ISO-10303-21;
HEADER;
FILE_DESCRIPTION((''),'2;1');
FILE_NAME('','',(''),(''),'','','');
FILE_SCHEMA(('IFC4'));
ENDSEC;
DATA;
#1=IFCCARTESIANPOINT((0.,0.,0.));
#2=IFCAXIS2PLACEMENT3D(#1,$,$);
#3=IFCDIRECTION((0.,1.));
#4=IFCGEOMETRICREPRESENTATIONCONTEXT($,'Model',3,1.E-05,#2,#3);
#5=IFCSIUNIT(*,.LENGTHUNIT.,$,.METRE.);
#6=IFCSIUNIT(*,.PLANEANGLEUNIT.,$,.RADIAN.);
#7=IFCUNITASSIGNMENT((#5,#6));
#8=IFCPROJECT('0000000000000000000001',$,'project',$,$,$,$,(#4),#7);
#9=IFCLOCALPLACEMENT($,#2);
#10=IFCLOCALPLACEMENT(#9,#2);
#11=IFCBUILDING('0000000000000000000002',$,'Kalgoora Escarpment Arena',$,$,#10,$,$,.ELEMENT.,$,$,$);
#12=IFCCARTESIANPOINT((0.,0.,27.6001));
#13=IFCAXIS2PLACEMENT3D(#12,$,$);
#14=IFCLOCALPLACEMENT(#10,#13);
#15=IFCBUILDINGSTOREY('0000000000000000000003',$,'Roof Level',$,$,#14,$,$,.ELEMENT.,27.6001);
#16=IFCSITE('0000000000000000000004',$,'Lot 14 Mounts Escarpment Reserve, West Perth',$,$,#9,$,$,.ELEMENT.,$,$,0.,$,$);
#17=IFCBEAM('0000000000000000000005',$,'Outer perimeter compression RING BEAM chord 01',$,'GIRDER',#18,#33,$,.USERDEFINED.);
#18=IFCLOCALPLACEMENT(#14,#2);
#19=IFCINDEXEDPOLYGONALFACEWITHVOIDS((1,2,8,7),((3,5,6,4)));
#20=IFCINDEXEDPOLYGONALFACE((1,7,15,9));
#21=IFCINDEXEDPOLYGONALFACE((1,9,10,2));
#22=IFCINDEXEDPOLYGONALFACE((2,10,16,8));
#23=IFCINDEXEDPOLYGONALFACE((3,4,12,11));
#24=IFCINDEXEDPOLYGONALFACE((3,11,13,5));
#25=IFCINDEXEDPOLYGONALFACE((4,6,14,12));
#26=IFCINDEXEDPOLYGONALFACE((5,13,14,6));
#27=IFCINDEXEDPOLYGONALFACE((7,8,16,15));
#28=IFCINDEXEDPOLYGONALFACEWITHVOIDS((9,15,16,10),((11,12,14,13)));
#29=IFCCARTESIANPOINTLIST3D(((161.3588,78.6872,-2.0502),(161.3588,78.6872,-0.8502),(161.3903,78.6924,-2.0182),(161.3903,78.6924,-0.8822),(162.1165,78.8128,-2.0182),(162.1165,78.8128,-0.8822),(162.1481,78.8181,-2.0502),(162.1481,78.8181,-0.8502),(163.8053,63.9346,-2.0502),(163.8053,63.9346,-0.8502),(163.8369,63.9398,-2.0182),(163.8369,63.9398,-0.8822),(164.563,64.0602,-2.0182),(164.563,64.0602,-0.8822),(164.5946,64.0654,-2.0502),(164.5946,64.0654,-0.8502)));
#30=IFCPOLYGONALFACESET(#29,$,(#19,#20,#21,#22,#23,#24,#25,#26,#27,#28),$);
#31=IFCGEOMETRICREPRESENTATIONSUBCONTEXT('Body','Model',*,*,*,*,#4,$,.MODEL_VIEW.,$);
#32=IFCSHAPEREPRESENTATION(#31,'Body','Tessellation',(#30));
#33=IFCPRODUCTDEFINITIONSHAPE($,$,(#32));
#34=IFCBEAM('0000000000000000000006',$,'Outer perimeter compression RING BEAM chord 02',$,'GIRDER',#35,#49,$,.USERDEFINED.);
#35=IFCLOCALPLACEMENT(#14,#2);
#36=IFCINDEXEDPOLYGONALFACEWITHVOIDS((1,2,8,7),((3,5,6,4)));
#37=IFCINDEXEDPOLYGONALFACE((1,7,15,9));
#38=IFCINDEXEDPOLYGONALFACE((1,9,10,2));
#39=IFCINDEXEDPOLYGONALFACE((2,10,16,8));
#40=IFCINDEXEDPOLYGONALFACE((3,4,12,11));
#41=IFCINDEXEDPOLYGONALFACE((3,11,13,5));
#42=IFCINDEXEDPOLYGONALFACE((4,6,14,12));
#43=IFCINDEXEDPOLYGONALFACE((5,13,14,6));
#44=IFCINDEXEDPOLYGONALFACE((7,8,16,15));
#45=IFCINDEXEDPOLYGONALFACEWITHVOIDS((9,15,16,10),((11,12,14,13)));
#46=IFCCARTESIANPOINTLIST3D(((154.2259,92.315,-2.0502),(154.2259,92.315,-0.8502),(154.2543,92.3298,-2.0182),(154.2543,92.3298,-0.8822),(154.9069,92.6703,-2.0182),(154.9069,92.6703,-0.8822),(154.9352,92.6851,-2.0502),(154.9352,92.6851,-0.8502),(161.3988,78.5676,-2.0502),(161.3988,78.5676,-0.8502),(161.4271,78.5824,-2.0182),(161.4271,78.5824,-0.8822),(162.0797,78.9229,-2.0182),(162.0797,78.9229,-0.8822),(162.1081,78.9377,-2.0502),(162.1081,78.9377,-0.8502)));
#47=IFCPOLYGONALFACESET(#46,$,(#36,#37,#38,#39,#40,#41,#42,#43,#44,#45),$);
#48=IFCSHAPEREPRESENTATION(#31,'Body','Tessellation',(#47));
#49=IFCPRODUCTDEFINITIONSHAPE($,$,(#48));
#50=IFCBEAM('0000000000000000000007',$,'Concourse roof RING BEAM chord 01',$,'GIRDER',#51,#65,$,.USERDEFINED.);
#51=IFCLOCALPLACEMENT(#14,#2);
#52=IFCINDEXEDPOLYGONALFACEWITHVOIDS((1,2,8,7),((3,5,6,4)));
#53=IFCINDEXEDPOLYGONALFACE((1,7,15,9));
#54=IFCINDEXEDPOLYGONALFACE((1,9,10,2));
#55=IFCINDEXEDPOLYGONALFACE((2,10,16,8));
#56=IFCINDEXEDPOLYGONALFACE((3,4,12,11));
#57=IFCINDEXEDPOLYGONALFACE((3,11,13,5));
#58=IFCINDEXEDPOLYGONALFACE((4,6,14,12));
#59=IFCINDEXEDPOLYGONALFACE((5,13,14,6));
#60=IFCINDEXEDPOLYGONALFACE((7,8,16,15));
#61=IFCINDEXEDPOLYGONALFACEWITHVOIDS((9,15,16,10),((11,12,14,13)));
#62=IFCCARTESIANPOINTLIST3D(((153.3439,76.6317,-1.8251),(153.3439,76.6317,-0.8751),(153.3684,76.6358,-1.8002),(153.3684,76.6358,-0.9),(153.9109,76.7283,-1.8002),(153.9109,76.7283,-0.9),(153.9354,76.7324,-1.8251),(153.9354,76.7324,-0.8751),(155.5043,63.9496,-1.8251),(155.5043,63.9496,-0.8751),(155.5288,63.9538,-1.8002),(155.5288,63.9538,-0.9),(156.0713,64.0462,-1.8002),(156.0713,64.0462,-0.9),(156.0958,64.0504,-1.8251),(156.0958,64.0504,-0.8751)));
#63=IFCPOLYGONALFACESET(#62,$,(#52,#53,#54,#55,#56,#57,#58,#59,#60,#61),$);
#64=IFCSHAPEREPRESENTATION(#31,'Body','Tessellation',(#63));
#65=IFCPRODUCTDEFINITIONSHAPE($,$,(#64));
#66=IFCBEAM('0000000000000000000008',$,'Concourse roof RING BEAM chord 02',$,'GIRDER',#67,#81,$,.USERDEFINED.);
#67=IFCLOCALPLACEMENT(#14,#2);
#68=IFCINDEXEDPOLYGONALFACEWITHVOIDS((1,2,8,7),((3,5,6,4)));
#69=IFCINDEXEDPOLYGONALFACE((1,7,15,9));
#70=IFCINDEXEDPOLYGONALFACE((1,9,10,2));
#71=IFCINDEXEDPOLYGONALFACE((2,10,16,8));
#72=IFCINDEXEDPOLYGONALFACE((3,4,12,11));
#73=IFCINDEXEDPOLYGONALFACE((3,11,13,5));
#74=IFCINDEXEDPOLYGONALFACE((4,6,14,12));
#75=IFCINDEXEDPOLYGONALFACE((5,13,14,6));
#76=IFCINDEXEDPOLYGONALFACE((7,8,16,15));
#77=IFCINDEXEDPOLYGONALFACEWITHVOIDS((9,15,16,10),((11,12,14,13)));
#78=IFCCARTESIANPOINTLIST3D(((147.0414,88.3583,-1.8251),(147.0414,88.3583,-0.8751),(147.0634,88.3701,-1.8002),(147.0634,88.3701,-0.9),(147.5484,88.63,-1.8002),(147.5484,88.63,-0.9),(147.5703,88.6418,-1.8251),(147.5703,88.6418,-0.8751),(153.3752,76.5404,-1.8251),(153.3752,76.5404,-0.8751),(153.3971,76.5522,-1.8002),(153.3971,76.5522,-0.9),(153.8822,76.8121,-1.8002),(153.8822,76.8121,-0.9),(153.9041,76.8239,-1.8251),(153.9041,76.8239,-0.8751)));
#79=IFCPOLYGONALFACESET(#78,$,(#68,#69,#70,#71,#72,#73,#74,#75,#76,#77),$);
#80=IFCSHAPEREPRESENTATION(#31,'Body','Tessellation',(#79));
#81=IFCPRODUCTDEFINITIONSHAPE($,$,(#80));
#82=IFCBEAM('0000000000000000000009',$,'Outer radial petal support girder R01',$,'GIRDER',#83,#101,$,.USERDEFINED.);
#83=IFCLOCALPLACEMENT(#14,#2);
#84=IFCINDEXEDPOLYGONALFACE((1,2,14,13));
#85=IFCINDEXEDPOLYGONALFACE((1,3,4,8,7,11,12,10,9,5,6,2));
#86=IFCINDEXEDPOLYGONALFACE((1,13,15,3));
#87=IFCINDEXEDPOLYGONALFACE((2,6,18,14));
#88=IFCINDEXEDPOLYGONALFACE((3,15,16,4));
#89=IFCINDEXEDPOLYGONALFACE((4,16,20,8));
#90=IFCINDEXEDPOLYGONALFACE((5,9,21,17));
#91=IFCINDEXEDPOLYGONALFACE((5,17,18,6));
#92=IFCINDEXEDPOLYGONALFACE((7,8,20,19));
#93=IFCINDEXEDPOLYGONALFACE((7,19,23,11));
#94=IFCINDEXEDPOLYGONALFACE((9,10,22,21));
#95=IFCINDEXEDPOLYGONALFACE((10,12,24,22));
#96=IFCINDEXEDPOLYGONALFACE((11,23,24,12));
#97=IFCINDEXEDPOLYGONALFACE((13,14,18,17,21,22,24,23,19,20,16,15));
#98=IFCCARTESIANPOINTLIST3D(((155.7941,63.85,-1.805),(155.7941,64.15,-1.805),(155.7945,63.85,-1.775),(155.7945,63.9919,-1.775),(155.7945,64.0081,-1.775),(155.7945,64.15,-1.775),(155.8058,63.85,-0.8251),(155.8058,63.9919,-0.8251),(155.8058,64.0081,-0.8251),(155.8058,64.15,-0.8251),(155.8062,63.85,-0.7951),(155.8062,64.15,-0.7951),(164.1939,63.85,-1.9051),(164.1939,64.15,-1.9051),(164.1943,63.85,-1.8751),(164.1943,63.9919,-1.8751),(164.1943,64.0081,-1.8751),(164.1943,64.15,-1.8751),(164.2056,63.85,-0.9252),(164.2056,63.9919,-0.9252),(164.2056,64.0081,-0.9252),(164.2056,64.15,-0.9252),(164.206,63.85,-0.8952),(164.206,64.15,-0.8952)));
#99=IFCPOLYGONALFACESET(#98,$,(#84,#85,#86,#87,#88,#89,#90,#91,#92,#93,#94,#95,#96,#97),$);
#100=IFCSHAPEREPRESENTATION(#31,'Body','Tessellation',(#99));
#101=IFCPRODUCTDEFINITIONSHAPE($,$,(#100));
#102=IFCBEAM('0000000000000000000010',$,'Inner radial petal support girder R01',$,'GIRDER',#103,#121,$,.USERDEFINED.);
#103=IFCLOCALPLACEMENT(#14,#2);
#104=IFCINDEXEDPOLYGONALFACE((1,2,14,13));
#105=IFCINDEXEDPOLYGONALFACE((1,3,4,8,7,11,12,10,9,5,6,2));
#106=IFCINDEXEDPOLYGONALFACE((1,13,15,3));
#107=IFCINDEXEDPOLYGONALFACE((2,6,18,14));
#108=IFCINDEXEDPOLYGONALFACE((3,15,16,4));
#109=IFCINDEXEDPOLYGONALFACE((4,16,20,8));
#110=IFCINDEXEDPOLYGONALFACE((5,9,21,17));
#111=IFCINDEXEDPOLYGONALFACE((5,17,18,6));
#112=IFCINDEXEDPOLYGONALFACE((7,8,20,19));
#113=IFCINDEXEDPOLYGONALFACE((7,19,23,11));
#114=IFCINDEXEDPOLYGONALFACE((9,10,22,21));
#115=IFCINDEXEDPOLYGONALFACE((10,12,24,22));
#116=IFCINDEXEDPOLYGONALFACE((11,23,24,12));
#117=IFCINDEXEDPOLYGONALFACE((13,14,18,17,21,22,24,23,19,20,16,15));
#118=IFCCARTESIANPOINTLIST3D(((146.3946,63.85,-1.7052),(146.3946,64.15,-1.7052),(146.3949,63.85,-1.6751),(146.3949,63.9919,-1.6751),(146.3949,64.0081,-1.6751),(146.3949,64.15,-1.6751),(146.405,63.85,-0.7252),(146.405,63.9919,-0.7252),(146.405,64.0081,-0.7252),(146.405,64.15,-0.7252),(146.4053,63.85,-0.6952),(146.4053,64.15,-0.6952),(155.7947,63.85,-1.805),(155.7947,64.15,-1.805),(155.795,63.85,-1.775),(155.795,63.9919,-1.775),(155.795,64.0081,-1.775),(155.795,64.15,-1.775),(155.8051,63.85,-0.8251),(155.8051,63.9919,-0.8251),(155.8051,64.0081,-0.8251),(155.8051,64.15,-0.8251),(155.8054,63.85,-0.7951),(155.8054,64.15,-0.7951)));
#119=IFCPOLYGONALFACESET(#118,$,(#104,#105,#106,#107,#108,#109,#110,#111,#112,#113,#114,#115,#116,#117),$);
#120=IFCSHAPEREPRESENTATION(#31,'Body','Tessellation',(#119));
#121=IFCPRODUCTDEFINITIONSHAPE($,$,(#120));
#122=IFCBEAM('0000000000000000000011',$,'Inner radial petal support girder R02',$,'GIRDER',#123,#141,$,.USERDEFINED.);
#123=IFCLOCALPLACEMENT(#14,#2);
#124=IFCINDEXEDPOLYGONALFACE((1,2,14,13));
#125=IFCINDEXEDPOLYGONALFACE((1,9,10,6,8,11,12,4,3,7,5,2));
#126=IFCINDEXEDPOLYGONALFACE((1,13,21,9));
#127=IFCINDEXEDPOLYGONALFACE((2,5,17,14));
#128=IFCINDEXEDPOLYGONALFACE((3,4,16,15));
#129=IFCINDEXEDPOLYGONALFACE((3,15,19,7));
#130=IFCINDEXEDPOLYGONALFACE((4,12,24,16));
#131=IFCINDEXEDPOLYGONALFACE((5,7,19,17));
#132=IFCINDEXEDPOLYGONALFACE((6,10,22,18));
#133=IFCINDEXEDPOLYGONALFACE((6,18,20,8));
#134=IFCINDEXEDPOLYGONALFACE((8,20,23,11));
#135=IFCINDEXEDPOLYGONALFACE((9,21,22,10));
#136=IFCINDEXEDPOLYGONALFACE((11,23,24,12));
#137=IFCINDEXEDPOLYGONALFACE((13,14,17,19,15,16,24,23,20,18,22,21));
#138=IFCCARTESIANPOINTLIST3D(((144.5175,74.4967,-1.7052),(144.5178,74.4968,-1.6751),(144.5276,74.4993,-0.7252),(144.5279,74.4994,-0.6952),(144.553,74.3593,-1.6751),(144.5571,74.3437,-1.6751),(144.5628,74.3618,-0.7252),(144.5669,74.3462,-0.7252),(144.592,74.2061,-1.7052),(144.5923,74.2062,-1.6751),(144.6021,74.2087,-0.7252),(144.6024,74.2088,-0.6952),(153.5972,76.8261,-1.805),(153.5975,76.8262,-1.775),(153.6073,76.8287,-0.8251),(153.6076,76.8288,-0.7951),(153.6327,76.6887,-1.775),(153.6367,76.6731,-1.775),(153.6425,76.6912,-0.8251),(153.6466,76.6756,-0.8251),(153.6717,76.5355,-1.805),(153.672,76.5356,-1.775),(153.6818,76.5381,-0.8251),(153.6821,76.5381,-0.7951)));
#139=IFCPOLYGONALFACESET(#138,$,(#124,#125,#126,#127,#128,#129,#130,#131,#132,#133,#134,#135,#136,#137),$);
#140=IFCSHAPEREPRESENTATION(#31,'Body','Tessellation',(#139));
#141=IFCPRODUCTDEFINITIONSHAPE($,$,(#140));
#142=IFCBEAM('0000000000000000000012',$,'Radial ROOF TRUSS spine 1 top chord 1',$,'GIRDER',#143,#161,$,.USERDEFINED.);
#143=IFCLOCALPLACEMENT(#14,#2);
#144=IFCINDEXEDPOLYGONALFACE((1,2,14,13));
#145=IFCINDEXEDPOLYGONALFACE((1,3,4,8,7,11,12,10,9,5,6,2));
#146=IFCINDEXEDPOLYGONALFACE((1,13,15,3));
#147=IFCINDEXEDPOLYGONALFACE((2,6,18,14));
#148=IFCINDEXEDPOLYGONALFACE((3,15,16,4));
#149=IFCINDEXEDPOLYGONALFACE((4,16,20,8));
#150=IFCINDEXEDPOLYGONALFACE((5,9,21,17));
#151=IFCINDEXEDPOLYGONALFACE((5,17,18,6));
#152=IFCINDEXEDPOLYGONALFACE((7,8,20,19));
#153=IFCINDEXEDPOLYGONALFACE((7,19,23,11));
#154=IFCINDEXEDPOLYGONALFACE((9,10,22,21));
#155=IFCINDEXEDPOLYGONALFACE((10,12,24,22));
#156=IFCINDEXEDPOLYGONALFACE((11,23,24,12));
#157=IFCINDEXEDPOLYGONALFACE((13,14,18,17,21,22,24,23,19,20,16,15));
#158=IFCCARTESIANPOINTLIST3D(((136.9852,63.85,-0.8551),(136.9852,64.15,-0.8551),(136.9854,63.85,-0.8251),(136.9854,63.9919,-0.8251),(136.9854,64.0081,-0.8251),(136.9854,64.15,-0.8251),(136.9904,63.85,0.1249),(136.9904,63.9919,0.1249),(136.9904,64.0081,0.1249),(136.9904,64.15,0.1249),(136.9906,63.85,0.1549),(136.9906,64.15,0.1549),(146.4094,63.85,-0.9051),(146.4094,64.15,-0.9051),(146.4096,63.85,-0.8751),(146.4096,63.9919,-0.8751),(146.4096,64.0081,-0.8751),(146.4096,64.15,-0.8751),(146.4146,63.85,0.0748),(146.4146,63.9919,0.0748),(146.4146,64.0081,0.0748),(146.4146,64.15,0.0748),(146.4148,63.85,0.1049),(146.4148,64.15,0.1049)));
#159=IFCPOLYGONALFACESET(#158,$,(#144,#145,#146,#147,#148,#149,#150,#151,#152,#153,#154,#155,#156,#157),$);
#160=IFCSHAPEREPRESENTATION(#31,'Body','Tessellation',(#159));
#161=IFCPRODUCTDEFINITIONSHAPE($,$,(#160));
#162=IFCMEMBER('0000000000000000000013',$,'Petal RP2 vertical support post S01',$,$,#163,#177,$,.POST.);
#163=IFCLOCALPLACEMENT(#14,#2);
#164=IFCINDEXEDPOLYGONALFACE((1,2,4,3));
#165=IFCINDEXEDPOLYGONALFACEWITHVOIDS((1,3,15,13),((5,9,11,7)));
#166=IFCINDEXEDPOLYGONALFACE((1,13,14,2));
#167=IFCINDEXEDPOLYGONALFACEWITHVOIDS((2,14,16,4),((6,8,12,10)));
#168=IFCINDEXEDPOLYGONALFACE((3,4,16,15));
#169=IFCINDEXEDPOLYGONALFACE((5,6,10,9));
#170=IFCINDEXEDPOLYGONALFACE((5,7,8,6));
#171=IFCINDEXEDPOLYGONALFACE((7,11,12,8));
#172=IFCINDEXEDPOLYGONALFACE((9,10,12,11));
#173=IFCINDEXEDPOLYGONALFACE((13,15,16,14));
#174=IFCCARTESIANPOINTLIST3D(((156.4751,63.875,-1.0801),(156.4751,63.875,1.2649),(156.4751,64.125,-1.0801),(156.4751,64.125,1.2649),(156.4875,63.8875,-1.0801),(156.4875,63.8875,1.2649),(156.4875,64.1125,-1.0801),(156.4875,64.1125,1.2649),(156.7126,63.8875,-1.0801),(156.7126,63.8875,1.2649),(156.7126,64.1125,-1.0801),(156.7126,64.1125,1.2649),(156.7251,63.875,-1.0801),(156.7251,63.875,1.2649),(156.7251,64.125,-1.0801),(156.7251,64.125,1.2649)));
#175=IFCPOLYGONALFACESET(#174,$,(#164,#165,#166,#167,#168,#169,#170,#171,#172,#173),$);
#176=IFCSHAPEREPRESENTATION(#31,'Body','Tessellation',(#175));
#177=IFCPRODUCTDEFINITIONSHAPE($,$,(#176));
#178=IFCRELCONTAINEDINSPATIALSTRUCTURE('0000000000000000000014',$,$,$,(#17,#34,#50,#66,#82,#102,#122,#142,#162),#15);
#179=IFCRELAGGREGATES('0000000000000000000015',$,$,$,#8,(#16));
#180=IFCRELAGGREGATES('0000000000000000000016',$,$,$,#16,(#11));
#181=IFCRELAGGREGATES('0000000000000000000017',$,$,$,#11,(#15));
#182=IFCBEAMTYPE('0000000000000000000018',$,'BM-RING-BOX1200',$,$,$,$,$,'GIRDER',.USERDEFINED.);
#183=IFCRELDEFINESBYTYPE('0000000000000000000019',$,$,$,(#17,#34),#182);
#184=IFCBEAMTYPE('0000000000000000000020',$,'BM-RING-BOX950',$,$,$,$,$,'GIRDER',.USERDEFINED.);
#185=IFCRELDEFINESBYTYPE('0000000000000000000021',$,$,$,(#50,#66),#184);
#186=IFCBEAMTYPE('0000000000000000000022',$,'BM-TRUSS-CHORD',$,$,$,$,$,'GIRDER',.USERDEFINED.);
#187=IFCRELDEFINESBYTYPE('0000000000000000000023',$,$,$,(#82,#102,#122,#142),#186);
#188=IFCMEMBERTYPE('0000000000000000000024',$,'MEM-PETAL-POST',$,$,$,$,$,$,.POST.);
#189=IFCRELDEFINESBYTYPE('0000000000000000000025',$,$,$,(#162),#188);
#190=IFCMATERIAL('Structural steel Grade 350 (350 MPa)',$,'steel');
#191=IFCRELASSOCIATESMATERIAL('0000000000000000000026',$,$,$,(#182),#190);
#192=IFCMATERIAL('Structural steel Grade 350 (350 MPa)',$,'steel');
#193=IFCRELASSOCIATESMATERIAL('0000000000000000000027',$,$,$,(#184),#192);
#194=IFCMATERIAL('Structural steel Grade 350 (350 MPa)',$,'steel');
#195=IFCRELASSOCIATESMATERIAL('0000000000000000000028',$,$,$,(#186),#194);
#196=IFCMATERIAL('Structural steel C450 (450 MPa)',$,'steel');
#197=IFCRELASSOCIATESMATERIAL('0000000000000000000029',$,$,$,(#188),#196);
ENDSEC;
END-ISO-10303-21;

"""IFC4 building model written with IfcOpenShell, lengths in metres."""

from ifc_helpers import new_model, si_unit, direction, frame, origin, origin_2d, place, context, subcontext, project, spatial, hollow_rectangle, i_section, extrude, material, material_profile, profile_set, type_object, element, save


model = new_model("IFC4")

# Units and contexts
model_context = context("Model", 3, precision=1e-05, world=origin(), true_north=direction((0.0, 1.0)))
body_context = subcontext(model_context, "Body", "Model", "MODEL_VIEW")
ifc_project = project(units=[si_unit("LENGTHUNIT", "METRE"), si_unit("PLANEANGLEUNIT", "RADIAN")], contexts=[model_context])

# Site, building, storey
site_placement = place(None, origin())
site = spatial("IfcSite", under=ifc_project, at=site_placement, Name="Lot 14 Mounts Escarpment Reserve, West Perth", CompositionType="ELEMENT", RefElevation=0.0)
building_placement = place(site_placement, origin())
building = spatial("IfcBuilding", under=site, at=building_placement, Name="Kalgoora Escarpment Arena", CompositionType="ELEMENT")
storey_placement = place(building_placement, frame((0.0, 0.0, 27.6001)))
storey = spatial("IfcBuildingStorey", under=building, at=storey_placement, Name="Roof Level", CompositionType="ELEMENT", Elevation=27.6001)

# Beams
ifc_material_1 = material(Name="Structural steel Grade 350 (350 MPa)", Category="steel")
ifc_material_profile_1 = material_profile(ifc_material_1, hollow_rectangle(XDim=0.8, YDim=1.2, WallThickness=0.032, at=origin_2d()))
ifc_profile_set_1 = profile_set([ifc_material_profile_1], Name="Structural steel Grade 350 (350 MPa)")
beam_type_1 = type_object("IfcBeamType", Name="BM-RING-BOX1200", ElementType="GIRDER", PredefinedType="USERDEFINED", material=ifc_profile_set_1)
beam_1_placement = place(storey_placement, frame((164.2, 64.0, -1.4502), z_axis=(-0.163602, 0.986526, 0.0), x_axis=(-0.986526, -0.163602, 0.0)))
element("IfcBeam", 1, at=beam_1_placement, inside=storey, type_object=beam_type_1, Name="Outer perimeter compression RING BEAM chord 01", ObjectType="GIRDER", PredefinedType="USERDEFINED", context=body_context, shape_type="SweptSolid", body=[
    extrude(hollow_rectangle(XDim=0.8, YDim=1.2, WallThickness=0.032, at=origin_2d()), origin(), (0.0, 0.0, 1.0), 14.9541),
])
beam_2_placement = place(storey_placement, frame((161.7534, 78.7527, -1.4502), z_axis=(-0.462583, 0.886576, 0.0), x_axis=(-0.886576, -0.462583, 0.0)))
element("IfcBeam", 2, at=beam_2_placement, inside=storey, type_object=beam_type_1, Name="Outer perimeter compression RING BEAM chord 02", ObjectType="GIRDER", PredefinedType="USERDEFINED", context=body_context, shape_type="SweptSolid", body=[
    extrude(hollow_rectangle(XDim=0.8, YDim=1.2, WallThickness=0.032, at=origin_2d()), origin(), (0.0, 0.0, 1.0), 15.5061),
])
ifc_material_2 = material(Name="Structural steel Grade 350 (350 MPa)", Category="steel")
ifc_material_profile_2 = material_profile(ifc_material_2, hollow_rectangle(XDim=0.6001, YDim=0.95, WallThickness=0.0249, at=origin_2d()))
ifc_profile_set_2 = profile_set([ifc_material_profile_2], Name="Structural steel Grade 350 (350 MPa)")
beam_type_2 = type_object("IfcBeamType", Name="BM-RING-BOX950", ElementType="GIRDER", PredefinedType="USERDEFINED", material=ifc_profile_set_2)
beam_3_placement = place(storey_placement, frame((155.8, 64.0, -1.3501), z_axis=(-0.167931, 0.985799, 0.0), x_axis=(-0.985799, -0.167931, 0.0)))
element("IfcBeam", 3, at=beam_3_placement, inside=storey, type_object=beam_type_2, Name="Concourse roof RING BEAM chord 01", ObjectType="GIRDER", PredefinedType="USERDEFINED", context=body_context, shape_type="SweptSolid", body=[
    extrude(hollow_rectangle(XDim=0.6001, YDim=0.95, WallThickness=0.0249, at=origin_2d()), origin(), (0.0, 0.0, 1.0), 12.8647),
])
beam_4_placement = place(storey_placement, frame((153.6396, 76.6821, -1.3501), z_axis=(-0.47238, 0.881395, 0.0), x_axis=(-0.881395, -0.47238, 0.0)))
element("IfcBeam", 4, at=beam_4_placement, inside=storey, type_object=beam_type_2, Name="Concourse roof RING BEAM chord 02", ObjectType="GIRDER", PredefinedType="USERDEFINED", context=body_context, shape_type="SweptSolid", body=[
    extrude(hollow_rectangle(XDim=0.6001, YDim=0.95, WallThickness=0.0249, at=origin_2d()), origin(), (0.0, 0.0, 1.0), 13.4082),
])
ifc_material_3 = material(Name="Structural steel Grade 350 (350 MPa)", Category="steel")
ifc_material_profile_3 = material_profile(ifc_material_3, i_section(OverallWidth=0.3, OverallDepth=1.01, WebThickness=0.0161, FlangeThickness=0.03, at=origin_2d()))
ifc_profile_set_3 = profile_set([ifc_material_profile_3], Name="Structural steel Grade 350 (350 MPa)")
beam_type_3 = type_object("IfcBeamType", Name="BM-TRUSS-CHORD", ElementType="GIRDER", PredefinedType="USERDEFINED", material=ifc_profile_set_3)
beam_5_placement = place(storey_placement, frame((164.2, 64.0, -1.4001), z_axis=(-0.999929, 0.0, 0.011916), x_axis=(0.0, -1.0, 0.0)))
element("IfcBeam", 5, at=beam_5_placement, inside=storey, type_object=beam_type_3, Name="Outer radial petal support girder R01", ObjectType="GIRDER", PredefinedType="USERDEFINED", context=body_context, shape_type="SweptSolid", body=[
    extrude(i_section(OverallWidth=0.3, OverallDepth=1.01, WebThickness=0.0161, FlangeThickness=0.03, at=origin_2d()), origin(), (0.0, 0.0, 1.0), 8.4004),
])
beam_6_placement = place(storey_placement, frame((155.8, 64.0, -1.3), z_axis=(-0.999944, 0.0, 0.010622), x_axis=(0.0, -1.0, 0.0)))
element("IfcBeam", 6, at=beam_6_placement, inside=storey, type_object=beam_type_3, Name="Inner radial petal support girder R01", ObjectType="GIRDER", PredefinedType="USERDEFINED", context=body_context, shape_type="SweptSolid", body=[
    extrude(i_section(OverallWidth=0.3, OverallDepth=1.01, WebThickness=0.0161, FlangeThickness=0.03, at=origin_2d()), origin(), (0.0, 0.0, 1.0), 9.4006),
])
beam_7_placement = place(storey_placement, frame((153.6396, 76.6821, -1.3), z_axis=(-0.968577, -0.248486, 0.010652), x_axis=(0.2485, -0.968632, 0.0)))
element("IfcBeam", 7, at=beam_7_placement, inside=storey, type_object=beam_type_3, Name="Inner radial petal support girder R02", ObjectType="GIRDER", PredefinedType="USERDEFINED", context=body_context, shape_type="SweptSolid", body=[
    extrude(i_section(OverallWidth=0.3, OverallDepth=1.01, WebThickness=0.0161, FlangeThickness=0.03, at=origin_2d()), origin(), (0.0, 0.0, 1.0), 9.3743),
])
beam_8_placement = place(storey_placement, frame((146.4121, 64.0, -0.4001), z_axis=(-0.999986, 0.0, 0.005311), x_axis=(0.0, -1.0, 0.0)))
element("IfcBeam", 8, at=beam_8_placement, inside=storey, type_object=beam_type_3, Name="Radial ROOF TRUSS spine 1 top chord 1", ObjectType="GIRDER", PredefinedType="USERDEFINED", context=body_context, shape_type="SweptSolid", body=[
    extrude(i_section(OverallWidth=0.3, OverallDepth=1.01, WebThickness=0.0161, FlangeThickness=0.03, at=origin_2d()), origin(), (0.0, 0.0, 1.0), 9.4243),
])

# Member
ifc_material_4 = material(Name="Structural steel C450 (450 MPa)", Category="steel")
ifc_material_profile_4 = material_profile(ifc_material_4, hollow_rectangle(XDim=0.25, YDim=0.25, WallThickness=0.0125, at=origin_2d()))
ifc_profile_set_4 = profile_set([ifc_material_profile_4], Name="Structural steel C450 (450 MPa)")
member_type_1 = type_object("IfcMemberType", Name="MEM-PETAL-POST", PredefinedType="POST", material=ifc_profile_set_4)
for number, where, z_axis, x_axis, name in (
    (9, (156.6001, 64.0, -1.0801), (0.0, 0.0, 1.0), (1.0, 0.0, 0.0), "Petal RP2 vertical support post S01"),
):
    element("IfcMember", number, at=place(storey_placement, frame(where, z_axis=z_axis, x_axis=x_axis)), inside=storey, type_object=member_type_1, Name=name, PredefinedType="POST", context=body_context, shape_type="SweptSolid", body=[
        extrude(hollow_rectangle(XDim=0.25, YDim=0.25, WallThickness=0.0125, at=origin_2d()), origin(), (0.0, 0.0, 1.0), 2.345),
    ])

save(model, "model.ifc")
